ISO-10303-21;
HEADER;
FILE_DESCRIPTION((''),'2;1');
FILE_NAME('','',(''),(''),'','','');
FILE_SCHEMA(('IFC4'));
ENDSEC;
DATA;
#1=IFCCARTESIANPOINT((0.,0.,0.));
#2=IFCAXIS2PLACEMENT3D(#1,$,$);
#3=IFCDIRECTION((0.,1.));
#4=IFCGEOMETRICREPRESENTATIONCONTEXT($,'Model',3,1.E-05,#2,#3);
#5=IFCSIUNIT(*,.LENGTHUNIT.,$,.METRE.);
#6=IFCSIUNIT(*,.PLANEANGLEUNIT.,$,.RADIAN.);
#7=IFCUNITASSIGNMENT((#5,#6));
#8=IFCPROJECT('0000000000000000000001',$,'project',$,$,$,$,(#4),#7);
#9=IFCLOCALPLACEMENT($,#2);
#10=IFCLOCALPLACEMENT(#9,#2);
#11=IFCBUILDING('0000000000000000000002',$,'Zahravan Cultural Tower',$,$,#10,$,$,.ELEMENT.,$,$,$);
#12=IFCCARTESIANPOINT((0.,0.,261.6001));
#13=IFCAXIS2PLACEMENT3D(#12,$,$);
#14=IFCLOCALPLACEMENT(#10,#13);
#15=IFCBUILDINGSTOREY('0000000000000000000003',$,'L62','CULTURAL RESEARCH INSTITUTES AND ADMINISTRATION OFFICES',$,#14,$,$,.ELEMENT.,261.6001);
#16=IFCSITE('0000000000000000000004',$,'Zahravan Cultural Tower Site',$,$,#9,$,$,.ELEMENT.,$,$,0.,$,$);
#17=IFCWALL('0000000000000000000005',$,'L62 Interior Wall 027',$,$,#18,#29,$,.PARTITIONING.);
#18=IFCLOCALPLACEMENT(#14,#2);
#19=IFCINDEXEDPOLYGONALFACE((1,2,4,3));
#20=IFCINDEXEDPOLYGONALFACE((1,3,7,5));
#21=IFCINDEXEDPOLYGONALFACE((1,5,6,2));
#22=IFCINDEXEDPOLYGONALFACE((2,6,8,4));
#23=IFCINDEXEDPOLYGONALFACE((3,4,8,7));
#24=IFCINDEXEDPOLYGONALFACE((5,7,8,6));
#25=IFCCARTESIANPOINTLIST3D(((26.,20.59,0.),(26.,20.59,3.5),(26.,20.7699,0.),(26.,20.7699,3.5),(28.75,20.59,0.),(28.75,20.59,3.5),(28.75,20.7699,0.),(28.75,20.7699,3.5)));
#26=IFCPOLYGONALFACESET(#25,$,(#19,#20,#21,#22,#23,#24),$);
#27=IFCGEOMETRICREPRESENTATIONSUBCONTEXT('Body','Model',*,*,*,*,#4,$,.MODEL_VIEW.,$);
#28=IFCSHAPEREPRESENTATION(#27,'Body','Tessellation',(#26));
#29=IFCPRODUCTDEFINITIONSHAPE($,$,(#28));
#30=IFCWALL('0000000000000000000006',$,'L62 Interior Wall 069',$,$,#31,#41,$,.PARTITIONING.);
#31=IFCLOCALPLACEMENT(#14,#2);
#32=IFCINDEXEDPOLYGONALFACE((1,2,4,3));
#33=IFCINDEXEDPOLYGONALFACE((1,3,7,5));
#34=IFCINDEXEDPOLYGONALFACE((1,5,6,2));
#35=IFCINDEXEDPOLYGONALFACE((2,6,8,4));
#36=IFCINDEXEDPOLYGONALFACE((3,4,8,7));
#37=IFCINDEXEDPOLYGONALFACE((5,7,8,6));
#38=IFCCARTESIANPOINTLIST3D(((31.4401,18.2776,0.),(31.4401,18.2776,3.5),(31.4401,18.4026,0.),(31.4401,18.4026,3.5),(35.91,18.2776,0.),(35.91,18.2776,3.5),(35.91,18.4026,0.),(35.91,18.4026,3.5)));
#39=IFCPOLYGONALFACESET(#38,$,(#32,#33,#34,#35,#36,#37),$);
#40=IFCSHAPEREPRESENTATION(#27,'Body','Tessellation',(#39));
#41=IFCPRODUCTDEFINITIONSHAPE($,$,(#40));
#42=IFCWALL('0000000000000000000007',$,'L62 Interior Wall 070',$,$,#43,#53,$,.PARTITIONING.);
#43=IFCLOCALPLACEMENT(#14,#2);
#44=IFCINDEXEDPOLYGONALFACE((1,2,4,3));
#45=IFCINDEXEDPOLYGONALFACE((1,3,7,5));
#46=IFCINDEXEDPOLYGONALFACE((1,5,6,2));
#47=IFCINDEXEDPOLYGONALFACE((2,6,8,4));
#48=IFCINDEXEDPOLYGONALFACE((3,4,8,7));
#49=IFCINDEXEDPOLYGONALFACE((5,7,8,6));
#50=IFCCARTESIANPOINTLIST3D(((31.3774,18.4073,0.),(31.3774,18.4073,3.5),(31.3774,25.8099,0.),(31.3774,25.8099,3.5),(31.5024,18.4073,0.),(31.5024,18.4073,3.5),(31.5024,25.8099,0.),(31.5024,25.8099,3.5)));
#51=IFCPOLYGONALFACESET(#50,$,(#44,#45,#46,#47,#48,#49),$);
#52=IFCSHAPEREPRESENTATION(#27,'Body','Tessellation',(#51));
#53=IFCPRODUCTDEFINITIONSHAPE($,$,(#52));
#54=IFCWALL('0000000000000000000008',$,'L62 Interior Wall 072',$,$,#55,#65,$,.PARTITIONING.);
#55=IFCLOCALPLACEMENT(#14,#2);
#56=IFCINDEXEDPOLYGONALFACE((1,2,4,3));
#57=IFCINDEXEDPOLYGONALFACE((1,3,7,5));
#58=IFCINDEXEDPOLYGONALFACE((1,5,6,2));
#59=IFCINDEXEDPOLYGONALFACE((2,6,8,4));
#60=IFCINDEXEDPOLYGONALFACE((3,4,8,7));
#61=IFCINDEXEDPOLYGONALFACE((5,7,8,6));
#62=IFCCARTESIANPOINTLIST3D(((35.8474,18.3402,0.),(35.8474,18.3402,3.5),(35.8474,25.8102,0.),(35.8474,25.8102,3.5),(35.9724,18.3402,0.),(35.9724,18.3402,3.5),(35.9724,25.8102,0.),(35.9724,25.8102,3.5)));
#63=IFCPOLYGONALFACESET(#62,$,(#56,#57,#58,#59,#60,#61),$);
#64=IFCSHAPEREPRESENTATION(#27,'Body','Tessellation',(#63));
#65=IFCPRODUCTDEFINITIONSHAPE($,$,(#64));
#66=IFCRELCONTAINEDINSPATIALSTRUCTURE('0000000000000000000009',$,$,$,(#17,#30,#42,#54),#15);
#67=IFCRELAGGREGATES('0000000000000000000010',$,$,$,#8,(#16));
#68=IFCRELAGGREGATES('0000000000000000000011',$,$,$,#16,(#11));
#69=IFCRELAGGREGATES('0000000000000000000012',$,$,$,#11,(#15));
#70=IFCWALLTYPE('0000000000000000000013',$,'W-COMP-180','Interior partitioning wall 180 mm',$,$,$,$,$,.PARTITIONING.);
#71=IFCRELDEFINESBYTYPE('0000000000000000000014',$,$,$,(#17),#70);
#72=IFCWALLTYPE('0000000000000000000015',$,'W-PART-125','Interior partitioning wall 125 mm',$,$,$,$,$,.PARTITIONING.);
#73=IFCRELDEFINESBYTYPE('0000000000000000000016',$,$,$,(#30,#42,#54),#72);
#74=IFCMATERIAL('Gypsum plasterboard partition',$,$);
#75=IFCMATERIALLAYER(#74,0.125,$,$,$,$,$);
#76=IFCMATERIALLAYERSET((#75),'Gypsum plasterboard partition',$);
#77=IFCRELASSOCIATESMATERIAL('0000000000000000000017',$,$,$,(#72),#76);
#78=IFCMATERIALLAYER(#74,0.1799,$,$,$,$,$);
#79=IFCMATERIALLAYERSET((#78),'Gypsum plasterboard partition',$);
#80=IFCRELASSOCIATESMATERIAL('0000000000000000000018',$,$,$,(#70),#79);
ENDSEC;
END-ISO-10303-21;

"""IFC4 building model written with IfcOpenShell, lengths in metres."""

from ifc_helpers import new_model, si_unit, direction, frame, frame_2d, origin, place, context, subcontext, project, spatial, rectangle, extrude, source, transform, mapped, material, layer, layer_set, type_object, element, save


model = new_model("IFC4")

# Units and contexts
model_context = context("Model", 3, precision=1e-05, world=origin(), true_north=direction((0.0, 1.0)))
body_context = subcontext(model_context, "Body", "Model", "MODEL_VIEW")
ifc_project = project(units=[si_unit("LENGTHUNIT", "METRE"), si_unit("PLANEANGLEUNIT", "RADIAN")], contexts=[model_context])

# Site, building, storey
site_placement = place(None, origin())
site = spatial("IfcSite", under=ifc_project, at=site_placement, Name="Zahravan Cultural Tower Site", CompositionType="ELEMENT", RefElevation=0.0)
building_placement = place(site_placement, origin())
building = spatial("IfcBuilding", under=site, at=building_placement, Name="Zahravan Cultural Tower", CompositionType="ELEMENT")
storey_placement = place(building_placement, frame((0.0, 0.0, 261.6001)))
storey = spatial("IfcBuildingStorey", under=building, at=storey_placement, Name="L62", Description="CULTURAL RESEARCH INSTITUTES AND ADMINISTRATION OFFICES", CompositionType="ELEMENT", Elevation=261.6001)

# Shared definitions
ifc_material_1 = material(Name="Gypsum plasterboard partition")
ifc_layer_1 = layer(ifc_material_1, 0.125)
ifc_layer_set_1 = layer_set([ifc_layer_1], Name="Gypsum plasterboard partition")
wall_type_1 = type_object("IfcWallType", Name="W-PART-125", Description="Interior partitioning wall 125 mm", PredefinedType="PARTITIONING", material=ifc_layer_set_1)

# Walls
ifc_layer_2 = layer(ifc_material_1, 0.1799)
ifc_layer_set_2 = layer_set([ifc_layer_2], Name="Gypsum plasterboard partition")
wall_type_2 = type_object("IfcWallType", Name="W-COMP-180", Description="Interior partitioning wall 180 mm", PredefinedType="PARTITIONING", material=ifc_layer_set_2)
shared_shape_1 = source(origin(), body_context, "Body", "SweptSolid", [
    extrude(rectangle(XDim=2.75, YDim=0.1799, at=frame_2d((1.375, 0.0))), origin(), (0.0, 0.0, 1.0), 3.5),
])
wall_1_placement = place(storey_placement, frame((26.0, 20.6799, 0.0), z_axis=(0.0, 0.0, 1.0), x_axis=(1.0, 0.0, 0.0)))
element("IfcWall", 1, at=wall_1_placement, inside=storey, type_object=wall_type_2, Name="L62 Interior Wall 027", PredefinedType="PARTITIONING", context=body_context, shape_type="MappedRepresentation", body=[
    mapped(shared_shape_1, transform((0.0, 0.0, 0.0), x_axis=(1.0, 0.0, 0.0), y_axis=(0.0, 1.0, 0.0), z_axis=(0.0, 0.0, 1.0), scale=1.0)),
])
shared_shape_2 = source(origin(), body_context, "Body", "SweptSolid", [
    extrude(rectangle(XDim=4.47, YDim=0.125, at=frame_2d((2.2349, 0.0))), origin(), (0.0, 0.0, 1.0), 3.5),
])
wall_2_placement = place(storey_placement, frame((35.9099, 18.3401, 0.0), z_axis=(0.0, 0.0, 1.0), x_axis=(-1.0, 0.0, 0.0)))
element("IfcWall", 2, at=wall_2_placement, inside=storey, type_object=wall_type_1, Name="L62 Interior Wall 069", PredefinedType="PARTITIONING", context=body_context, shape_type="MappedRepresentation", body=[
    mapped(shared_shape_2, transform((0.0, 0.0, 0.0), x_axis=(1.0, 0.0, 0.0), y_axis=(0.0, 1.0, 0.0), z_axis=(0.0, 0.0, 1.0), scale=1.0)),
])
shared_shape_3 = source(origin(), body_context, "Body", "SweptSolid", [
    extrude(rectangle(XDim=7.4026, YDim=0.125, at=frame_2d((3.7012, 0.0))), origin(), (0.0, 0.0, 1.0), 3.5),
])
wall_3_placement = place(storey_placement, frame((31.4399, 18.4075, 0.0), z_axis=(0.0, 0.0, 1.0), x_axis=(0.0, 1.0, 0.0)))
element("IfcWall", 3, at=wall_3_placement, inside=storey, type_object=wall_type_1, Name="L62 Interior Wall 070", PredefinedType="PARTITIONING", context=body_context, shape_type="MappedRepresentation", body=[
    mapped(shared_shape_3, transform((0.0, 0.0, 0.0), x_axis=(1.0, 0.0, 0.0), y_axis=(0.0, 1.0, 0.0), z_axis=(0.0, 0.0, 1.0), scale=1.0)),
])
shared_shape_4 = source(origin(), body_context, "Body", "SweptSolid", [
    extrude(rectangle(XDim=7.47, YDim=0.125, at=frame_2d((3.7349, 0.0))), origin(), (0.0, 0.0, 1.0), 3.5),
])
wall_4_placement = place(storey_placement, frame((35.9099, 25.8101, 0.0), z_axis=(0.0, 0.0, 1.0), x_axis=(0.0, -1.0, 0.0)))
element("IfcWall", 4, at=wall_4_placement, inside=storey, type_object=wall_type_1, Name="L62 Interior Wall 072", PredefinedType="PARTITIONING", context=body_context, shape_type="MappedRepresentation", body=[
    mapped(shared_shape_4, transform((0.0, 0.0, 0.0), x_axis=(1.0, 0.0, 0.0), y_axis=(0.0, 1.0, 0.0), z_axis=(0.0, 0.0, 1.0), scale=1.0)),
])

save(model, "model.ifc")
